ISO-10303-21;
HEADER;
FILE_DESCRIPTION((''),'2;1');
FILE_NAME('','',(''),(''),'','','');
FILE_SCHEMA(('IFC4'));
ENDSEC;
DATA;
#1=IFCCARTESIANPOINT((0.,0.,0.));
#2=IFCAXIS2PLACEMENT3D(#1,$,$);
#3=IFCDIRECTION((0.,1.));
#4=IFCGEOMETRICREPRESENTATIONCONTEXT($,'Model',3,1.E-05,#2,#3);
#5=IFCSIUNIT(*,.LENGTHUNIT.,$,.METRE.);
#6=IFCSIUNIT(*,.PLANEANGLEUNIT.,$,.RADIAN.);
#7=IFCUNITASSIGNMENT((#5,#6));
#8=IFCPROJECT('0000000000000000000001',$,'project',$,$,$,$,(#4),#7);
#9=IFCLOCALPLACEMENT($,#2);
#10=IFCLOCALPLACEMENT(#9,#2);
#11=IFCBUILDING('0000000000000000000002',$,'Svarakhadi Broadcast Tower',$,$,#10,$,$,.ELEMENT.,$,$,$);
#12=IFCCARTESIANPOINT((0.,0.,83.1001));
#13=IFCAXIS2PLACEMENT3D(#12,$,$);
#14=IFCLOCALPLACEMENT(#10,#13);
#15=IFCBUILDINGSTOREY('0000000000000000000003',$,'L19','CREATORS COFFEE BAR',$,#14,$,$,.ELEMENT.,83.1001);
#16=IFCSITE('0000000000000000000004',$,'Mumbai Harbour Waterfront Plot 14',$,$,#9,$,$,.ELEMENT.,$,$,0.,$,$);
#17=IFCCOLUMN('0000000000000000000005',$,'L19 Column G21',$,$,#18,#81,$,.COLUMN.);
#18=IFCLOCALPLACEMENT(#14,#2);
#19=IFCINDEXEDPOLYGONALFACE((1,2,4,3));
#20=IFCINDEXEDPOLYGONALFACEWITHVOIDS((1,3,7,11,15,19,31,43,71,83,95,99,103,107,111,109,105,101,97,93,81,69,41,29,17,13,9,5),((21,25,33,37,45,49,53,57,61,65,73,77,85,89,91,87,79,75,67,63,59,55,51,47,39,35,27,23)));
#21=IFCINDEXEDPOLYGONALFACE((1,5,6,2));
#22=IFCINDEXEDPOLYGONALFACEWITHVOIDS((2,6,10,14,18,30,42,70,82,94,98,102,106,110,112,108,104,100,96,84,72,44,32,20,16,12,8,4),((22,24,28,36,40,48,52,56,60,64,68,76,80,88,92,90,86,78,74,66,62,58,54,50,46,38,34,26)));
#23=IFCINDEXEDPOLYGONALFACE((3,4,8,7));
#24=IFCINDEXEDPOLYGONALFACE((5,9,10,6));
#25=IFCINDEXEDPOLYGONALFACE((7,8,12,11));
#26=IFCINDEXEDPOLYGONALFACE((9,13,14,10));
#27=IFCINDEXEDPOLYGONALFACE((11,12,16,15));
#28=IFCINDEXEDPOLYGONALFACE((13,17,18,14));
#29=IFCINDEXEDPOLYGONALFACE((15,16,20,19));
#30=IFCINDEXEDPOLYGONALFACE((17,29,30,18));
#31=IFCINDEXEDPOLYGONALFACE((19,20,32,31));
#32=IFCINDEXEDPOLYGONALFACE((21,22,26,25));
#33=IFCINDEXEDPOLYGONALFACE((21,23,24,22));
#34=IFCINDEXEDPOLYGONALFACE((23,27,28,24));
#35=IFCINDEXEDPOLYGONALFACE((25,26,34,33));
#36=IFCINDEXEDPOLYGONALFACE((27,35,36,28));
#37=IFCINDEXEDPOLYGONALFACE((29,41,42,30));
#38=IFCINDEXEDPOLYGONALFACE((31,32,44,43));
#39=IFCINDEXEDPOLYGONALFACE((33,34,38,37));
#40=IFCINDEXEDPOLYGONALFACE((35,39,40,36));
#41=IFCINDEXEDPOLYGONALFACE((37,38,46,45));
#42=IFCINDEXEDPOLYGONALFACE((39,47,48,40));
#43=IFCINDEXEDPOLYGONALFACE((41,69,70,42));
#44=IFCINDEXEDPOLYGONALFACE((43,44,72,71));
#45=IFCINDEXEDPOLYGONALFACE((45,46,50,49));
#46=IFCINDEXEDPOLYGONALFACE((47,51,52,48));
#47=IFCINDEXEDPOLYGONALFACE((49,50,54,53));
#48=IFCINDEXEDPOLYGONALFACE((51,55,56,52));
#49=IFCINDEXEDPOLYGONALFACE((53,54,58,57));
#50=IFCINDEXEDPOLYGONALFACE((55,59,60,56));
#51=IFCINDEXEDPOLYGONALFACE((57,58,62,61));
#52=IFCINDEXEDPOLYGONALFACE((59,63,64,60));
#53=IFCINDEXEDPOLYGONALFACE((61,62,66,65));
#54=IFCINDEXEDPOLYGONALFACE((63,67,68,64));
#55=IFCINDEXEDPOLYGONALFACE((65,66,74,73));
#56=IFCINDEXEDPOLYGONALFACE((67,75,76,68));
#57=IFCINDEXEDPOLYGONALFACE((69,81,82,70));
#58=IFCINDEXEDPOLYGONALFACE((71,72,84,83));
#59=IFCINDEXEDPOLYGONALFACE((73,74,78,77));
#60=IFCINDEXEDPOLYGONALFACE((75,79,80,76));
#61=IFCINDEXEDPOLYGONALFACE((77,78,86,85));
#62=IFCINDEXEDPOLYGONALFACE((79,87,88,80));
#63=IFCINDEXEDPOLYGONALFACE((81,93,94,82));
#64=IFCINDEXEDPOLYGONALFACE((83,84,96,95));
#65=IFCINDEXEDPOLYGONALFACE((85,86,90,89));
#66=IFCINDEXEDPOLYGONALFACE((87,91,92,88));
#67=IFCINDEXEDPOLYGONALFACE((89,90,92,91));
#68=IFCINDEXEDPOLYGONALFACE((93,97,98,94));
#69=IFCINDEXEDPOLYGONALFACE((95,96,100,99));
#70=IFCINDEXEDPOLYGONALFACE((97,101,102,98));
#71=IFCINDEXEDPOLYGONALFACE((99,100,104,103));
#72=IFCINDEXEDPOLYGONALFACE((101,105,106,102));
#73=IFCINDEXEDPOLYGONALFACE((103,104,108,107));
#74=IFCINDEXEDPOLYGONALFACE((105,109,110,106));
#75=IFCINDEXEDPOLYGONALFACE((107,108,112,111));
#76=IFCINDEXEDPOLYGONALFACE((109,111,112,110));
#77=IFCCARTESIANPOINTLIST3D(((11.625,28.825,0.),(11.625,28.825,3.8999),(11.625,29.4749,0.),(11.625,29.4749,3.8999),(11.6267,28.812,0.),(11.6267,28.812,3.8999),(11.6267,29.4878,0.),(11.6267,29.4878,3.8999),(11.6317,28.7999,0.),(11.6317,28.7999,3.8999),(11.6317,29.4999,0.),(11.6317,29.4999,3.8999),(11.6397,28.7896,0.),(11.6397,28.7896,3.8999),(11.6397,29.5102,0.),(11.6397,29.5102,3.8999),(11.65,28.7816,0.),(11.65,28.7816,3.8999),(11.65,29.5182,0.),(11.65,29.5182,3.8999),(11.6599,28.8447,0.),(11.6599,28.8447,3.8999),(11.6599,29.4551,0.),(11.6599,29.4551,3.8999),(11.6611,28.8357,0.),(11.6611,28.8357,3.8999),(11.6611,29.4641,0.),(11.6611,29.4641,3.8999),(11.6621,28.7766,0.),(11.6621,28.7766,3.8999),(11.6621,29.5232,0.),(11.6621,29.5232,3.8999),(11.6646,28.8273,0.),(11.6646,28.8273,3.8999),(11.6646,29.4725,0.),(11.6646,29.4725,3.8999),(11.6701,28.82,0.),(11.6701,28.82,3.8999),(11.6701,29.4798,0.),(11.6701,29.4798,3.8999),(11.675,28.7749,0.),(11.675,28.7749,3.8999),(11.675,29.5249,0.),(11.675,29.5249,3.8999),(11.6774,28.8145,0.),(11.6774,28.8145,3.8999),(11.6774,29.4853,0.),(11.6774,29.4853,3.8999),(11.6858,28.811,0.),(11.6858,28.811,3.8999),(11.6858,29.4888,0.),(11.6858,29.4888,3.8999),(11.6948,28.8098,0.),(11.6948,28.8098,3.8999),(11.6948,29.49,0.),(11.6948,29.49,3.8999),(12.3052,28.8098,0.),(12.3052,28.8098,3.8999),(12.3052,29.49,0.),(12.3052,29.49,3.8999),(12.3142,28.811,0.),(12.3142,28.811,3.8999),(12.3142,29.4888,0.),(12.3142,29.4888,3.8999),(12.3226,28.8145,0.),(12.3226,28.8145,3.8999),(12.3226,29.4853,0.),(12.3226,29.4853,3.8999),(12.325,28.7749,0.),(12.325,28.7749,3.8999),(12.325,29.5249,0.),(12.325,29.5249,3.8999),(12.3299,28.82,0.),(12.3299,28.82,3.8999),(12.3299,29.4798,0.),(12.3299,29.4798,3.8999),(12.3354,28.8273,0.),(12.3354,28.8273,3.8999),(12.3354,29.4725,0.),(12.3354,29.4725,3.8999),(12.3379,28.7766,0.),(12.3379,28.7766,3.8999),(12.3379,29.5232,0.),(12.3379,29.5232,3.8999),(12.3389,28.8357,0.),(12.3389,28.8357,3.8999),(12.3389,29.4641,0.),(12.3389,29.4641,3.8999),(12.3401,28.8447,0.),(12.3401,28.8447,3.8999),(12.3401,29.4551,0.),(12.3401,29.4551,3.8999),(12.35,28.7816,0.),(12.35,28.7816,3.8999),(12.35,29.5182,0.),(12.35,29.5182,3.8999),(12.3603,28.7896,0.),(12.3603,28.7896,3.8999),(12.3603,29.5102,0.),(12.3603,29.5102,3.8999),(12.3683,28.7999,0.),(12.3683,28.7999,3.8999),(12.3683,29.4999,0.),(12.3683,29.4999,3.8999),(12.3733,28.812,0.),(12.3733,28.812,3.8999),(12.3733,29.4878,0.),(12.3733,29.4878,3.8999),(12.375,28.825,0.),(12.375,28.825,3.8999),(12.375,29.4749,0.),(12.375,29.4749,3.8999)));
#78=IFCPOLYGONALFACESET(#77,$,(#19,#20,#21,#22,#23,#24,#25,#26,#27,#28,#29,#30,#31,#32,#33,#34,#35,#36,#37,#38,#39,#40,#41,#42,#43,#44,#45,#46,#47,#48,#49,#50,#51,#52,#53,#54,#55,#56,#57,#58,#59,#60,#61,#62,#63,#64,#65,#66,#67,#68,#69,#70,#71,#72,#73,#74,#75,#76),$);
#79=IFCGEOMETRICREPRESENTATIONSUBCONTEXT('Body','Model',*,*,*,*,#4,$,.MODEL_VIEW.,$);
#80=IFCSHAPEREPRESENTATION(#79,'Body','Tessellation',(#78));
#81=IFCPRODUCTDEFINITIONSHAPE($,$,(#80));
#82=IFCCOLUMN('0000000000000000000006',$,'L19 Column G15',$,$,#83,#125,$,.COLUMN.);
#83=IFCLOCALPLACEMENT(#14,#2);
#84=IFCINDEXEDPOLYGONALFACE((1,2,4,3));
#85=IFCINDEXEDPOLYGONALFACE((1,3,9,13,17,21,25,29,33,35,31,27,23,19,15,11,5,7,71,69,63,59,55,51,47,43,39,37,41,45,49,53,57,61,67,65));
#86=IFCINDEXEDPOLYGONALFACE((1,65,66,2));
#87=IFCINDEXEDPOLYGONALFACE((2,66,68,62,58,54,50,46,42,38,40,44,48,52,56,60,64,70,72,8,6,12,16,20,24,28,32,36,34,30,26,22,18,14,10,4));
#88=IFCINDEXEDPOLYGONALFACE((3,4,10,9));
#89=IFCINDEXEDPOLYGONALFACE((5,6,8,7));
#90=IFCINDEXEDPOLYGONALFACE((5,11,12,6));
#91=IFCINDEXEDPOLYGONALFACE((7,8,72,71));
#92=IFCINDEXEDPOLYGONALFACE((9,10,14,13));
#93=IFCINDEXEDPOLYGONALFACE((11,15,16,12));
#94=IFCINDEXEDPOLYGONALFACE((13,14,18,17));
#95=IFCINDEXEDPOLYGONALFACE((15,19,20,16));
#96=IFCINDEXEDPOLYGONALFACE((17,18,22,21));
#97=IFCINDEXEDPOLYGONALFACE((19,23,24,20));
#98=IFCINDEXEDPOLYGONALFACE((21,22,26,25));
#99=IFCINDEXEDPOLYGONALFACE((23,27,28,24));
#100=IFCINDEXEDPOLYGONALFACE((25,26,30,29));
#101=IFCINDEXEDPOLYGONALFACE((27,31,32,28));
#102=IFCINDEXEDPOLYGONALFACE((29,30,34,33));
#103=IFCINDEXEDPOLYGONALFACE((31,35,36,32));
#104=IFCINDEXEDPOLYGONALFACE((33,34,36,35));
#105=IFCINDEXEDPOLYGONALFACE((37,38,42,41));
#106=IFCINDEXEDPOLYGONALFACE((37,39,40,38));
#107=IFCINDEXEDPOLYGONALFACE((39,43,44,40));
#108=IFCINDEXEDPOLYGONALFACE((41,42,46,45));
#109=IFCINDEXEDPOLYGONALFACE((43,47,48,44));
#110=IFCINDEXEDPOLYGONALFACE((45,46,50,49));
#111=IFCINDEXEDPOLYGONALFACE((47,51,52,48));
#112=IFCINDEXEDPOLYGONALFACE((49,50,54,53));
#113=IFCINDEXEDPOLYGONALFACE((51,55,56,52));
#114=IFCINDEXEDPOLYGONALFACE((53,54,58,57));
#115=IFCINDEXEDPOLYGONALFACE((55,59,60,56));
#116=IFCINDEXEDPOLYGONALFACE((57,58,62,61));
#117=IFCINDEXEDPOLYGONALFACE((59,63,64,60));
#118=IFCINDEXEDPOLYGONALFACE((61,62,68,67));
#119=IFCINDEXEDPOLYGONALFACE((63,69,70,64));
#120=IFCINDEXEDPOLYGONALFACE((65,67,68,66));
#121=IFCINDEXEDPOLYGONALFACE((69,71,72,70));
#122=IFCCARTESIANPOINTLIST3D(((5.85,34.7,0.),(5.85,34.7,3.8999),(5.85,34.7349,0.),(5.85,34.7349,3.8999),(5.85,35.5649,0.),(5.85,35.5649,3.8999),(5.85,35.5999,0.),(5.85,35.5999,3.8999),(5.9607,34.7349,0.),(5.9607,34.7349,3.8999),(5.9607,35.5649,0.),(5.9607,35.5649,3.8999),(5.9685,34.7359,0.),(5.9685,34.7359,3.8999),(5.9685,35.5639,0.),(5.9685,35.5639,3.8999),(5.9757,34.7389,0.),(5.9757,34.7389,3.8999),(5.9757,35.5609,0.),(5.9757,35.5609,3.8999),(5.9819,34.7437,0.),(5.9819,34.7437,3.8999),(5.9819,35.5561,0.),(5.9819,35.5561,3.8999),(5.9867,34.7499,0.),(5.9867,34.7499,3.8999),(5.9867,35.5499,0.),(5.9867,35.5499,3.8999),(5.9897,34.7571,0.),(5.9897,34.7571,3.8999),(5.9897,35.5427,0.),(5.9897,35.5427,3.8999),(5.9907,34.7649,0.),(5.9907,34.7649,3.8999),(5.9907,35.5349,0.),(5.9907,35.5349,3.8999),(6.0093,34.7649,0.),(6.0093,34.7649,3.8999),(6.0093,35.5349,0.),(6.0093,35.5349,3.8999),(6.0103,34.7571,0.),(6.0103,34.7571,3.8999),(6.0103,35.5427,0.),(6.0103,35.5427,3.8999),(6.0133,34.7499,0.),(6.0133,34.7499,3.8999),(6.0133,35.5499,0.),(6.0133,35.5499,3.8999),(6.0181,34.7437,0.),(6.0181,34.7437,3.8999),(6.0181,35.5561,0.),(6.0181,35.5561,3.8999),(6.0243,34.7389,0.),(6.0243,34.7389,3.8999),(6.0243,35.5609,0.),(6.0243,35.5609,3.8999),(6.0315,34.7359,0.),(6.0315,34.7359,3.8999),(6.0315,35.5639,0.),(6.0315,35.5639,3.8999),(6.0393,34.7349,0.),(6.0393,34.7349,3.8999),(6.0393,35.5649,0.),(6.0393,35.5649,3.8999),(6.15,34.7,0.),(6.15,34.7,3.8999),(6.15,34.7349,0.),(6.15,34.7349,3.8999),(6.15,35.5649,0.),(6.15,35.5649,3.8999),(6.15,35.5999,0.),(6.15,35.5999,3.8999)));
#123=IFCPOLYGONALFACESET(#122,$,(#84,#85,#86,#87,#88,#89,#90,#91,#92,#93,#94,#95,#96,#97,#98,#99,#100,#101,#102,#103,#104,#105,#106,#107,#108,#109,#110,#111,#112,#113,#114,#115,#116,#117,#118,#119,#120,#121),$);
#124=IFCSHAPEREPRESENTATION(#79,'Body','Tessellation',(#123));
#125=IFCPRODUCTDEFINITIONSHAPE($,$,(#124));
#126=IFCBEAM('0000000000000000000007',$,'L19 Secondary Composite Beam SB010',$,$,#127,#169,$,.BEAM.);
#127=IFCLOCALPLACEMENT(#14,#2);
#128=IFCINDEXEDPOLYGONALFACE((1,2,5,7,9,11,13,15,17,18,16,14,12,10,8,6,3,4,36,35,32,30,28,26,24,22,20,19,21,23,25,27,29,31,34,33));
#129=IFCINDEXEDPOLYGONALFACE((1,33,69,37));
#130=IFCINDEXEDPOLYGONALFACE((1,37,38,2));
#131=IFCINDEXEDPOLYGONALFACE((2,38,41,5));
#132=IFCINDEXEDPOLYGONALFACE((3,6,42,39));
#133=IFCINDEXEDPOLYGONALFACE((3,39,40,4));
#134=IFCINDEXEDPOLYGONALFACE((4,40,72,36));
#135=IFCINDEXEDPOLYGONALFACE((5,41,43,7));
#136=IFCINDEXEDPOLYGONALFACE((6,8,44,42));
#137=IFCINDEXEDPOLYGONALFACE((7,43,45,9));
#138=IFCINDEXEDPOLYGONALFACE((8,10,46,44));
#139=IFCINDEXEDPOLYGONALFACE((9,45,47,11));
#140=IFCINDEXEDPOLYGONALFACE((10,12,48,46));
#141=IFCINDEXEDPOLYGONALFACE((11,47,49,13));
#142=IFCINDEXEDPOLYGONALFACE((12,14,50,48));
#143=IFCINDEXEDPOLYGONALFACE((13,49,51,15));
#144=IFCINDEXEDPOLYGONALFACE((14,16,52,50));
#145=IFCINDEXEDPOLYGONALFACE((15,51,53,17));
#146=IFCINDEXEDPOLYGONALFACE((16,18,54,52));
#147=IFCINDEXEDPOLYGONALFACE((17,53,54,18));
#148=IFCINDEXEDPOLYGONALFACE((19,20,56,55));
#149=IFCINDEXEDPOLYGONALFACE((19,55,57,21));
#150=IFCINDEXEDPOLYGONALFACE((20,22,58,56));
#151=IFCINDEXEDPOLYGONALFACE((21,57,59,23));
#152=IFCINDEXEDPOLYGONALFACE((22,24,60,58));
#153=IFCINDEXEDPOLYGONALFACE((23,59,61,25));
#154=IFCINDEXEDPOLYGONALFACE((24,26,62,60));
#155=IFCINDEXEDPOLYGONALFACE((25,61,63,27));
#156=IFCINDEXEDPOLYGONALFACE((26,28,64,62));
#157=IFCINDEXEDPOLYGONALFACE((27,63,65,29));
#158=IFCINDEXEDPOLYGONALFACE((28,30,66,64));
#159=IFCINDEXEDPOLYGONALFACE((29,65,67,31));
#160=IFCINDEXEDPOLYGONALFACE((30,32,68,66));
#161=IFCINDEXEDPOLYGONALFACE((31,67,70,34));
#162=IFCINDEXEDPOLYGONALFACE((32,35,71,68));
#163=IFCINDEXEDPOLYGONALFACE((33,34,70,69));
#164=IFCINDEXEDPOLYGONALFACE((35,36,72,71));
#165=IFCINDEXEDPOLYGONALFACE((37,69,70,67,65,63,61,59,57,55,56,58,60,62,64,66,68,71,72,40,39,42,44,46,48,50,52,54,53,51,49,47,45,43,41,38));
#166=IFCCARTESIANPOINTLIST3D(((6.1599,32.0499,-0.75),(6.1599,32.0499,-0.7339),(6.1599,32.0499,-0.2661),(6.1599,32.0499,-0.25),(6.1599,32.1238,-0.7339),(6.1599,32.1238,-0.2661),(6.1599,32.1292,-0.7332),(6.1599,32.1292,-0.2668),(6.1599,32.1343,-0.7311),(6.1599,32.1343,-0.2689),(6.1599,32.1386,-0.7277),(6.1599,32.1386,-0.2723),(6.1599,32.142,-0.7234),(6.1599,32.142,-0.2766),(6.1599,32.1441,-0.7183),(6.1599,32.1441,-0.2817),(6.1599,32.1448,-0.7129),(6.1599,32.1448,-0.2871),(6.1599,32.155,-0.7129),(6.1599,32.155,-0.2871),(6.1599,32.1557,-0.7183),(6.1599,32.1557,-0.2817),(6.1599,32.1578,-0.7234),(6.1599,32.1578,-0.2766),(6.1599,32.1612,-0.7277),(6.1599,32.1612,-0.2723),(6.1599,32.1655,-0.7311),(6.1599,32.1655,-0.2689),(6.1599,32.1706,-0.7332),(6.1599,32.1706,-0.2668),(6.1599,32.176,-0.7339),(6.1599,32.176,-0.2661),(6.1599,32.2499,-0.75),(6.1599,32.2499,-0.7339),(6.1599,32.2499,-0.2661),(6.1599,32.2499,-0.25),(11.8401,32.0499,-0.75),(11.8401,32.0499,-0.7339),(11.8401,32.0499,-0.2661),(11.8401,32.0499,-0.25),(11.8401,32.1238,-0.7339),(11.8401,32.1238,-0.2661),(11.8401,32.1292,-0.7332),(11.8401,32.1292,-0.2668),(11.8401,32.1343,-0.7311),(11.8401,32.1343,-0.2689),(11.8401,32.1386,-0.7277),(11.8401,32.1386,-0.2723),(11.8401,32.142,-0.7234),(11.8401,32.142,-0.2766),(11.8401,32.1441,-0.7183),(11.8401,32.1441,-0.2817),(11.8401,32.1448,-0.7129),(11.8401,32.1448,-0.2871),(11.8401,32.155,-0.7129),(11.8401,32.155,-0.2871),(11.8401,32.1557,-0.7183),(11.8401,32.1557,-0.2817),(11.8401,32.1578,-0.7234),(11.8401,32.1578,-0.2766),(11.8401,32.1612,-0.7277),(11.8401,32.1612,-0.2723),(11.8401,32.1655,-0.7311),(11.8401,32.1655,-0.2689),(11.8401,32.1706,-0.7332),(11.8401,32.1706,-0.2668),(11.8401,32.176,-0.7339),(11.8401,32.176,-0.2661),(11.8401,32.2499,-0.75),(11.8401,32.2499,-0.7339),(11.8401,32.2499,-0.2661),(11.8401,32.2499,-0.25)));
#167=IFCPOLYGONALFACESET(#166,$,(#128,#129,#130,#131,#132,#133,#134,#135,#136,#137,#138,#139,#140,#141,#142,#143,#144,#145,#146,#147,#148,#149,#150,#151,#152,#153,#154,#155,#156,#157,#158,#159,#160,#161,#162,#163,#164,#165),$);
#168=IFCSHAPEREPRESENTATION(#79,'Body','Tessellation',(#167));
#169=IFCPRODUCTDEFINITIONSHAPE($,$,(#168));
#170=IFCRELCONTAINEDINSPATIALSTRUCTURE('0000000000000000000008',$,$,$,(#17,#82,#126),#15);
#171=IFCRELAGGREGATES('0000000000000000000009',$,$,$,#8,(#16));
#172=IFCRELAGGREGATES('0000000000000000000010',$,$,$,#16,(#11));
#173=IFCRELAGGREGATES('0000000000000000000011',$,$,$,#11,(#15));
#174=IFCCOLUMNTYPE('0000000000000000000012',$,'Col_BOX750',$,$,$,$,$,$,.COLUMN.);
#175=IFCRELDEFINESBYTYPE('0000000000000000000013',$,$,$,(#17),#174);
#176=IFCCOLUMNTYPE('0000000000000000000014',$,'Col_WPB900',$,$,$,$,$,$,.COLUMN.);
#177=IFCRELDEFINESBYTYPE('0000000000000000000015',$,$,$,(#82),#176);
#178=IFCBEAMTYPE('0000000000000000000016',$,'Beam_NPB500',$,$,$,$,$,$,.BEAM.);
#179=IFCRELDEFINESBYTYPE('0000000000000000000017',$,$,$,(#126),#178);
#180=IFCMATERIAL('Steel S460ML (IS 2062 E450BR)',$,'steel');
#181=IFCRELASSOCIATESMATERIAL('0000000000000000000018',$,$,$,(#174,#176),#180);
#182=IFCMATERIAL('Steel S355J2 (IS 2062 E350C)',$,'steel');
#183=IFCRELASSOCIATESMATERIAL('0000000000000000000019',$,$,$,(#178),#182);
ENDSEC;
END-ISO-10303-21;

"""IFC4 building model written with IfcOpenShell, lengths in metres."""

from ifc_helpers import new_model, si_unit, direction, frame, origin, origin_2d, place, context, subcontext, project, spatial, hollow_rectangle, i_section, extrude, material, material_profile, profile_set, type_object, element, save


model = new_model("IFC4")

# Units and contexts
model_context = context("Model", 3, precision=1e-05, world=origin(), true_north=direction((0.0, 1.0)))
body_context = subcontext(model_context, "Body", "Model", "MODEL_VIEW")
ifc_project = project(units=[si_unit("LENGTHUNIT", "METRE"), si_unit("PLANEANGLEUNIT", "RADIAN")], contexts=[model_context])

# Site, building, storey
site_placement = place(None, origin())
site = spatial("IfcSite", under=ifc_project, at=site_placement, Name="Mumbai Harbour Waterfront Plot 14", CompositionType="ELEMENT", RefElevation=0.0)
building_placement = place(site_placement, origin())
building = spatial("IfcBuilding", under=site, at=building_placement, Name="Svarakhadi Broadcast Tower", CompositionType="ELEMENT")
storey_placement = place(building_placement, frame((0.0, 0.0, 83.1001)))
storey = spatial("IfcBuildingStorey", under=building, at=storey_placement, Name="L19", Description="CREATORS COFFEE BAR", CompositionType="ELEMENT", Elevation=83.1001)

# Columns
ifc_material_1 = material(Name="Steel S460ML (IS 2062 E450BR)", Category="steel")
ifc_material_profile_1 = material_profile(ifc_material_1, hollow_rectangle(XDim=0.75, YDim=0.75, WallThickness=0.0349, InnerFilletRadius=0.0349, OuterFilletRadius=0.05, at=origin_2d()), Name="BOX 750x750x35")
ifc_profile_set_1 = profile_set([ifc_material_profile_1], Name="Steel S460ML (IS 2062 E450BR)")
column_type_1 = type_object("IfcColumnType", Name="Col_BOX750", PredefinedType="COLUMN", material=ifc_profile_set_1)
column_1_placement = place(storey_placement, frame((12.0, 29.1499, 0.0), z_axis=(0.0, 0.0, 1.0), x_axis=(1.0, 0.0, 0.0)))
element("IfcColumn", 1, at=column_1_placement, inside=storey, type_object=column_type_1, Name="L19 Column G21", PredefinedType="COLUMN", context=body_context, shape_type="SweptSolid", body=[
    extrude(hollow_rectangle(XDim=0.75, YDim=0.75, WallThickness=0.0349, InnerFilletRadius=0.0349, OuterFilletRadius=0.05, at=origin_2d()), origin(), (0.0, 0.0, 1.0), 3.8999),
])
ifc_material_profile_2 = material_profile(ifc_material_1, i_section(OverallWidth=0.3, OverallDepth=0.8999, WebThickness=0.0186, FlangeThickness=0.0349, FilletRadius=0.03, at=origin_2d()), Name="WPB 900x300x291")
ifc_profile_set_2 = profile_set([ifc_material_profile_2], Name="Steel S460ML (IS 2062 E450BR)")
column_type_2 = type_object("IfcColumnType", Name="Col_WPB900", PredefinedType="COLUMN", material=ifc_profile_set_2)
column_2_placement = place(storey_placement, frame((6.0, 35.1499, 0.0), z_axis=(0.0, 0.0, 1.0), x_axis=(1.0, 0.0, 0.0)))
element("IfcColumn", 2, at=column_2_placement, inside=storey, type_object=column_type_2, Name="L19 Column G15", PredefinedType="COLUMN", context=body_context, shape_type="SweptSolid", body=[
    extrude(i_section(OverallWidth=0.3, OverallDepth=0.8999, WebThickness=0.0186, FlangeThickness=0.0349, FilletRadius=0.03, at=origin_2d()), origin(), (0.0, 0.0, 1.0), 3.8999),
])

# Beam
ifc_material_2 = material(Name="Steel S355J2 (IS 2062 E350C)", Category="steel")
ifc_material_profile_3 = material_profile(ifc_material_2, i_section(OverallWidth=0.2, OverallDepth=0.5, WebThickness=0.0103, FlangeThickness=0.0161, FilletRadius=0.021, at=origin_2d()), Name="NPB 500x200x91")
ifc_profile_set_3 = profile_set([ifc_material_profile_3], Name="Steel S355J2 (IS 2062 E350C)")
beam_type_1 = type_object("IfcBeamType", Name="Beam_NPB500", PredefinedType="BEAM", material=ifc_profile_set_3)
beam_placement = place(storey_placement, frame((6.1599, 32.1499, -0.5), z_axis=(1.0, 0.0, 0.0), x_axis=(0.0, 1.0, 0.0)))
element("IfcBeam", 3, at=beam_placement, inside=storey, type_object=beam_type_1, Name="L19 Secondary Composite Beam SB010", PredefinedType="BEAM", context=body_context, shape_type="SweptSolid", body=[
    extrude(i_section(OverallWidth=0.2, OverallDepth=0.5, WebThickness=0.0103, FlangeThickness=0.0161, FilletRadius=0.021, at=origin_2d()), origin(), (0.0, 0.0, 1.0), 5.6802),
])

save(model, "model.ifc")
